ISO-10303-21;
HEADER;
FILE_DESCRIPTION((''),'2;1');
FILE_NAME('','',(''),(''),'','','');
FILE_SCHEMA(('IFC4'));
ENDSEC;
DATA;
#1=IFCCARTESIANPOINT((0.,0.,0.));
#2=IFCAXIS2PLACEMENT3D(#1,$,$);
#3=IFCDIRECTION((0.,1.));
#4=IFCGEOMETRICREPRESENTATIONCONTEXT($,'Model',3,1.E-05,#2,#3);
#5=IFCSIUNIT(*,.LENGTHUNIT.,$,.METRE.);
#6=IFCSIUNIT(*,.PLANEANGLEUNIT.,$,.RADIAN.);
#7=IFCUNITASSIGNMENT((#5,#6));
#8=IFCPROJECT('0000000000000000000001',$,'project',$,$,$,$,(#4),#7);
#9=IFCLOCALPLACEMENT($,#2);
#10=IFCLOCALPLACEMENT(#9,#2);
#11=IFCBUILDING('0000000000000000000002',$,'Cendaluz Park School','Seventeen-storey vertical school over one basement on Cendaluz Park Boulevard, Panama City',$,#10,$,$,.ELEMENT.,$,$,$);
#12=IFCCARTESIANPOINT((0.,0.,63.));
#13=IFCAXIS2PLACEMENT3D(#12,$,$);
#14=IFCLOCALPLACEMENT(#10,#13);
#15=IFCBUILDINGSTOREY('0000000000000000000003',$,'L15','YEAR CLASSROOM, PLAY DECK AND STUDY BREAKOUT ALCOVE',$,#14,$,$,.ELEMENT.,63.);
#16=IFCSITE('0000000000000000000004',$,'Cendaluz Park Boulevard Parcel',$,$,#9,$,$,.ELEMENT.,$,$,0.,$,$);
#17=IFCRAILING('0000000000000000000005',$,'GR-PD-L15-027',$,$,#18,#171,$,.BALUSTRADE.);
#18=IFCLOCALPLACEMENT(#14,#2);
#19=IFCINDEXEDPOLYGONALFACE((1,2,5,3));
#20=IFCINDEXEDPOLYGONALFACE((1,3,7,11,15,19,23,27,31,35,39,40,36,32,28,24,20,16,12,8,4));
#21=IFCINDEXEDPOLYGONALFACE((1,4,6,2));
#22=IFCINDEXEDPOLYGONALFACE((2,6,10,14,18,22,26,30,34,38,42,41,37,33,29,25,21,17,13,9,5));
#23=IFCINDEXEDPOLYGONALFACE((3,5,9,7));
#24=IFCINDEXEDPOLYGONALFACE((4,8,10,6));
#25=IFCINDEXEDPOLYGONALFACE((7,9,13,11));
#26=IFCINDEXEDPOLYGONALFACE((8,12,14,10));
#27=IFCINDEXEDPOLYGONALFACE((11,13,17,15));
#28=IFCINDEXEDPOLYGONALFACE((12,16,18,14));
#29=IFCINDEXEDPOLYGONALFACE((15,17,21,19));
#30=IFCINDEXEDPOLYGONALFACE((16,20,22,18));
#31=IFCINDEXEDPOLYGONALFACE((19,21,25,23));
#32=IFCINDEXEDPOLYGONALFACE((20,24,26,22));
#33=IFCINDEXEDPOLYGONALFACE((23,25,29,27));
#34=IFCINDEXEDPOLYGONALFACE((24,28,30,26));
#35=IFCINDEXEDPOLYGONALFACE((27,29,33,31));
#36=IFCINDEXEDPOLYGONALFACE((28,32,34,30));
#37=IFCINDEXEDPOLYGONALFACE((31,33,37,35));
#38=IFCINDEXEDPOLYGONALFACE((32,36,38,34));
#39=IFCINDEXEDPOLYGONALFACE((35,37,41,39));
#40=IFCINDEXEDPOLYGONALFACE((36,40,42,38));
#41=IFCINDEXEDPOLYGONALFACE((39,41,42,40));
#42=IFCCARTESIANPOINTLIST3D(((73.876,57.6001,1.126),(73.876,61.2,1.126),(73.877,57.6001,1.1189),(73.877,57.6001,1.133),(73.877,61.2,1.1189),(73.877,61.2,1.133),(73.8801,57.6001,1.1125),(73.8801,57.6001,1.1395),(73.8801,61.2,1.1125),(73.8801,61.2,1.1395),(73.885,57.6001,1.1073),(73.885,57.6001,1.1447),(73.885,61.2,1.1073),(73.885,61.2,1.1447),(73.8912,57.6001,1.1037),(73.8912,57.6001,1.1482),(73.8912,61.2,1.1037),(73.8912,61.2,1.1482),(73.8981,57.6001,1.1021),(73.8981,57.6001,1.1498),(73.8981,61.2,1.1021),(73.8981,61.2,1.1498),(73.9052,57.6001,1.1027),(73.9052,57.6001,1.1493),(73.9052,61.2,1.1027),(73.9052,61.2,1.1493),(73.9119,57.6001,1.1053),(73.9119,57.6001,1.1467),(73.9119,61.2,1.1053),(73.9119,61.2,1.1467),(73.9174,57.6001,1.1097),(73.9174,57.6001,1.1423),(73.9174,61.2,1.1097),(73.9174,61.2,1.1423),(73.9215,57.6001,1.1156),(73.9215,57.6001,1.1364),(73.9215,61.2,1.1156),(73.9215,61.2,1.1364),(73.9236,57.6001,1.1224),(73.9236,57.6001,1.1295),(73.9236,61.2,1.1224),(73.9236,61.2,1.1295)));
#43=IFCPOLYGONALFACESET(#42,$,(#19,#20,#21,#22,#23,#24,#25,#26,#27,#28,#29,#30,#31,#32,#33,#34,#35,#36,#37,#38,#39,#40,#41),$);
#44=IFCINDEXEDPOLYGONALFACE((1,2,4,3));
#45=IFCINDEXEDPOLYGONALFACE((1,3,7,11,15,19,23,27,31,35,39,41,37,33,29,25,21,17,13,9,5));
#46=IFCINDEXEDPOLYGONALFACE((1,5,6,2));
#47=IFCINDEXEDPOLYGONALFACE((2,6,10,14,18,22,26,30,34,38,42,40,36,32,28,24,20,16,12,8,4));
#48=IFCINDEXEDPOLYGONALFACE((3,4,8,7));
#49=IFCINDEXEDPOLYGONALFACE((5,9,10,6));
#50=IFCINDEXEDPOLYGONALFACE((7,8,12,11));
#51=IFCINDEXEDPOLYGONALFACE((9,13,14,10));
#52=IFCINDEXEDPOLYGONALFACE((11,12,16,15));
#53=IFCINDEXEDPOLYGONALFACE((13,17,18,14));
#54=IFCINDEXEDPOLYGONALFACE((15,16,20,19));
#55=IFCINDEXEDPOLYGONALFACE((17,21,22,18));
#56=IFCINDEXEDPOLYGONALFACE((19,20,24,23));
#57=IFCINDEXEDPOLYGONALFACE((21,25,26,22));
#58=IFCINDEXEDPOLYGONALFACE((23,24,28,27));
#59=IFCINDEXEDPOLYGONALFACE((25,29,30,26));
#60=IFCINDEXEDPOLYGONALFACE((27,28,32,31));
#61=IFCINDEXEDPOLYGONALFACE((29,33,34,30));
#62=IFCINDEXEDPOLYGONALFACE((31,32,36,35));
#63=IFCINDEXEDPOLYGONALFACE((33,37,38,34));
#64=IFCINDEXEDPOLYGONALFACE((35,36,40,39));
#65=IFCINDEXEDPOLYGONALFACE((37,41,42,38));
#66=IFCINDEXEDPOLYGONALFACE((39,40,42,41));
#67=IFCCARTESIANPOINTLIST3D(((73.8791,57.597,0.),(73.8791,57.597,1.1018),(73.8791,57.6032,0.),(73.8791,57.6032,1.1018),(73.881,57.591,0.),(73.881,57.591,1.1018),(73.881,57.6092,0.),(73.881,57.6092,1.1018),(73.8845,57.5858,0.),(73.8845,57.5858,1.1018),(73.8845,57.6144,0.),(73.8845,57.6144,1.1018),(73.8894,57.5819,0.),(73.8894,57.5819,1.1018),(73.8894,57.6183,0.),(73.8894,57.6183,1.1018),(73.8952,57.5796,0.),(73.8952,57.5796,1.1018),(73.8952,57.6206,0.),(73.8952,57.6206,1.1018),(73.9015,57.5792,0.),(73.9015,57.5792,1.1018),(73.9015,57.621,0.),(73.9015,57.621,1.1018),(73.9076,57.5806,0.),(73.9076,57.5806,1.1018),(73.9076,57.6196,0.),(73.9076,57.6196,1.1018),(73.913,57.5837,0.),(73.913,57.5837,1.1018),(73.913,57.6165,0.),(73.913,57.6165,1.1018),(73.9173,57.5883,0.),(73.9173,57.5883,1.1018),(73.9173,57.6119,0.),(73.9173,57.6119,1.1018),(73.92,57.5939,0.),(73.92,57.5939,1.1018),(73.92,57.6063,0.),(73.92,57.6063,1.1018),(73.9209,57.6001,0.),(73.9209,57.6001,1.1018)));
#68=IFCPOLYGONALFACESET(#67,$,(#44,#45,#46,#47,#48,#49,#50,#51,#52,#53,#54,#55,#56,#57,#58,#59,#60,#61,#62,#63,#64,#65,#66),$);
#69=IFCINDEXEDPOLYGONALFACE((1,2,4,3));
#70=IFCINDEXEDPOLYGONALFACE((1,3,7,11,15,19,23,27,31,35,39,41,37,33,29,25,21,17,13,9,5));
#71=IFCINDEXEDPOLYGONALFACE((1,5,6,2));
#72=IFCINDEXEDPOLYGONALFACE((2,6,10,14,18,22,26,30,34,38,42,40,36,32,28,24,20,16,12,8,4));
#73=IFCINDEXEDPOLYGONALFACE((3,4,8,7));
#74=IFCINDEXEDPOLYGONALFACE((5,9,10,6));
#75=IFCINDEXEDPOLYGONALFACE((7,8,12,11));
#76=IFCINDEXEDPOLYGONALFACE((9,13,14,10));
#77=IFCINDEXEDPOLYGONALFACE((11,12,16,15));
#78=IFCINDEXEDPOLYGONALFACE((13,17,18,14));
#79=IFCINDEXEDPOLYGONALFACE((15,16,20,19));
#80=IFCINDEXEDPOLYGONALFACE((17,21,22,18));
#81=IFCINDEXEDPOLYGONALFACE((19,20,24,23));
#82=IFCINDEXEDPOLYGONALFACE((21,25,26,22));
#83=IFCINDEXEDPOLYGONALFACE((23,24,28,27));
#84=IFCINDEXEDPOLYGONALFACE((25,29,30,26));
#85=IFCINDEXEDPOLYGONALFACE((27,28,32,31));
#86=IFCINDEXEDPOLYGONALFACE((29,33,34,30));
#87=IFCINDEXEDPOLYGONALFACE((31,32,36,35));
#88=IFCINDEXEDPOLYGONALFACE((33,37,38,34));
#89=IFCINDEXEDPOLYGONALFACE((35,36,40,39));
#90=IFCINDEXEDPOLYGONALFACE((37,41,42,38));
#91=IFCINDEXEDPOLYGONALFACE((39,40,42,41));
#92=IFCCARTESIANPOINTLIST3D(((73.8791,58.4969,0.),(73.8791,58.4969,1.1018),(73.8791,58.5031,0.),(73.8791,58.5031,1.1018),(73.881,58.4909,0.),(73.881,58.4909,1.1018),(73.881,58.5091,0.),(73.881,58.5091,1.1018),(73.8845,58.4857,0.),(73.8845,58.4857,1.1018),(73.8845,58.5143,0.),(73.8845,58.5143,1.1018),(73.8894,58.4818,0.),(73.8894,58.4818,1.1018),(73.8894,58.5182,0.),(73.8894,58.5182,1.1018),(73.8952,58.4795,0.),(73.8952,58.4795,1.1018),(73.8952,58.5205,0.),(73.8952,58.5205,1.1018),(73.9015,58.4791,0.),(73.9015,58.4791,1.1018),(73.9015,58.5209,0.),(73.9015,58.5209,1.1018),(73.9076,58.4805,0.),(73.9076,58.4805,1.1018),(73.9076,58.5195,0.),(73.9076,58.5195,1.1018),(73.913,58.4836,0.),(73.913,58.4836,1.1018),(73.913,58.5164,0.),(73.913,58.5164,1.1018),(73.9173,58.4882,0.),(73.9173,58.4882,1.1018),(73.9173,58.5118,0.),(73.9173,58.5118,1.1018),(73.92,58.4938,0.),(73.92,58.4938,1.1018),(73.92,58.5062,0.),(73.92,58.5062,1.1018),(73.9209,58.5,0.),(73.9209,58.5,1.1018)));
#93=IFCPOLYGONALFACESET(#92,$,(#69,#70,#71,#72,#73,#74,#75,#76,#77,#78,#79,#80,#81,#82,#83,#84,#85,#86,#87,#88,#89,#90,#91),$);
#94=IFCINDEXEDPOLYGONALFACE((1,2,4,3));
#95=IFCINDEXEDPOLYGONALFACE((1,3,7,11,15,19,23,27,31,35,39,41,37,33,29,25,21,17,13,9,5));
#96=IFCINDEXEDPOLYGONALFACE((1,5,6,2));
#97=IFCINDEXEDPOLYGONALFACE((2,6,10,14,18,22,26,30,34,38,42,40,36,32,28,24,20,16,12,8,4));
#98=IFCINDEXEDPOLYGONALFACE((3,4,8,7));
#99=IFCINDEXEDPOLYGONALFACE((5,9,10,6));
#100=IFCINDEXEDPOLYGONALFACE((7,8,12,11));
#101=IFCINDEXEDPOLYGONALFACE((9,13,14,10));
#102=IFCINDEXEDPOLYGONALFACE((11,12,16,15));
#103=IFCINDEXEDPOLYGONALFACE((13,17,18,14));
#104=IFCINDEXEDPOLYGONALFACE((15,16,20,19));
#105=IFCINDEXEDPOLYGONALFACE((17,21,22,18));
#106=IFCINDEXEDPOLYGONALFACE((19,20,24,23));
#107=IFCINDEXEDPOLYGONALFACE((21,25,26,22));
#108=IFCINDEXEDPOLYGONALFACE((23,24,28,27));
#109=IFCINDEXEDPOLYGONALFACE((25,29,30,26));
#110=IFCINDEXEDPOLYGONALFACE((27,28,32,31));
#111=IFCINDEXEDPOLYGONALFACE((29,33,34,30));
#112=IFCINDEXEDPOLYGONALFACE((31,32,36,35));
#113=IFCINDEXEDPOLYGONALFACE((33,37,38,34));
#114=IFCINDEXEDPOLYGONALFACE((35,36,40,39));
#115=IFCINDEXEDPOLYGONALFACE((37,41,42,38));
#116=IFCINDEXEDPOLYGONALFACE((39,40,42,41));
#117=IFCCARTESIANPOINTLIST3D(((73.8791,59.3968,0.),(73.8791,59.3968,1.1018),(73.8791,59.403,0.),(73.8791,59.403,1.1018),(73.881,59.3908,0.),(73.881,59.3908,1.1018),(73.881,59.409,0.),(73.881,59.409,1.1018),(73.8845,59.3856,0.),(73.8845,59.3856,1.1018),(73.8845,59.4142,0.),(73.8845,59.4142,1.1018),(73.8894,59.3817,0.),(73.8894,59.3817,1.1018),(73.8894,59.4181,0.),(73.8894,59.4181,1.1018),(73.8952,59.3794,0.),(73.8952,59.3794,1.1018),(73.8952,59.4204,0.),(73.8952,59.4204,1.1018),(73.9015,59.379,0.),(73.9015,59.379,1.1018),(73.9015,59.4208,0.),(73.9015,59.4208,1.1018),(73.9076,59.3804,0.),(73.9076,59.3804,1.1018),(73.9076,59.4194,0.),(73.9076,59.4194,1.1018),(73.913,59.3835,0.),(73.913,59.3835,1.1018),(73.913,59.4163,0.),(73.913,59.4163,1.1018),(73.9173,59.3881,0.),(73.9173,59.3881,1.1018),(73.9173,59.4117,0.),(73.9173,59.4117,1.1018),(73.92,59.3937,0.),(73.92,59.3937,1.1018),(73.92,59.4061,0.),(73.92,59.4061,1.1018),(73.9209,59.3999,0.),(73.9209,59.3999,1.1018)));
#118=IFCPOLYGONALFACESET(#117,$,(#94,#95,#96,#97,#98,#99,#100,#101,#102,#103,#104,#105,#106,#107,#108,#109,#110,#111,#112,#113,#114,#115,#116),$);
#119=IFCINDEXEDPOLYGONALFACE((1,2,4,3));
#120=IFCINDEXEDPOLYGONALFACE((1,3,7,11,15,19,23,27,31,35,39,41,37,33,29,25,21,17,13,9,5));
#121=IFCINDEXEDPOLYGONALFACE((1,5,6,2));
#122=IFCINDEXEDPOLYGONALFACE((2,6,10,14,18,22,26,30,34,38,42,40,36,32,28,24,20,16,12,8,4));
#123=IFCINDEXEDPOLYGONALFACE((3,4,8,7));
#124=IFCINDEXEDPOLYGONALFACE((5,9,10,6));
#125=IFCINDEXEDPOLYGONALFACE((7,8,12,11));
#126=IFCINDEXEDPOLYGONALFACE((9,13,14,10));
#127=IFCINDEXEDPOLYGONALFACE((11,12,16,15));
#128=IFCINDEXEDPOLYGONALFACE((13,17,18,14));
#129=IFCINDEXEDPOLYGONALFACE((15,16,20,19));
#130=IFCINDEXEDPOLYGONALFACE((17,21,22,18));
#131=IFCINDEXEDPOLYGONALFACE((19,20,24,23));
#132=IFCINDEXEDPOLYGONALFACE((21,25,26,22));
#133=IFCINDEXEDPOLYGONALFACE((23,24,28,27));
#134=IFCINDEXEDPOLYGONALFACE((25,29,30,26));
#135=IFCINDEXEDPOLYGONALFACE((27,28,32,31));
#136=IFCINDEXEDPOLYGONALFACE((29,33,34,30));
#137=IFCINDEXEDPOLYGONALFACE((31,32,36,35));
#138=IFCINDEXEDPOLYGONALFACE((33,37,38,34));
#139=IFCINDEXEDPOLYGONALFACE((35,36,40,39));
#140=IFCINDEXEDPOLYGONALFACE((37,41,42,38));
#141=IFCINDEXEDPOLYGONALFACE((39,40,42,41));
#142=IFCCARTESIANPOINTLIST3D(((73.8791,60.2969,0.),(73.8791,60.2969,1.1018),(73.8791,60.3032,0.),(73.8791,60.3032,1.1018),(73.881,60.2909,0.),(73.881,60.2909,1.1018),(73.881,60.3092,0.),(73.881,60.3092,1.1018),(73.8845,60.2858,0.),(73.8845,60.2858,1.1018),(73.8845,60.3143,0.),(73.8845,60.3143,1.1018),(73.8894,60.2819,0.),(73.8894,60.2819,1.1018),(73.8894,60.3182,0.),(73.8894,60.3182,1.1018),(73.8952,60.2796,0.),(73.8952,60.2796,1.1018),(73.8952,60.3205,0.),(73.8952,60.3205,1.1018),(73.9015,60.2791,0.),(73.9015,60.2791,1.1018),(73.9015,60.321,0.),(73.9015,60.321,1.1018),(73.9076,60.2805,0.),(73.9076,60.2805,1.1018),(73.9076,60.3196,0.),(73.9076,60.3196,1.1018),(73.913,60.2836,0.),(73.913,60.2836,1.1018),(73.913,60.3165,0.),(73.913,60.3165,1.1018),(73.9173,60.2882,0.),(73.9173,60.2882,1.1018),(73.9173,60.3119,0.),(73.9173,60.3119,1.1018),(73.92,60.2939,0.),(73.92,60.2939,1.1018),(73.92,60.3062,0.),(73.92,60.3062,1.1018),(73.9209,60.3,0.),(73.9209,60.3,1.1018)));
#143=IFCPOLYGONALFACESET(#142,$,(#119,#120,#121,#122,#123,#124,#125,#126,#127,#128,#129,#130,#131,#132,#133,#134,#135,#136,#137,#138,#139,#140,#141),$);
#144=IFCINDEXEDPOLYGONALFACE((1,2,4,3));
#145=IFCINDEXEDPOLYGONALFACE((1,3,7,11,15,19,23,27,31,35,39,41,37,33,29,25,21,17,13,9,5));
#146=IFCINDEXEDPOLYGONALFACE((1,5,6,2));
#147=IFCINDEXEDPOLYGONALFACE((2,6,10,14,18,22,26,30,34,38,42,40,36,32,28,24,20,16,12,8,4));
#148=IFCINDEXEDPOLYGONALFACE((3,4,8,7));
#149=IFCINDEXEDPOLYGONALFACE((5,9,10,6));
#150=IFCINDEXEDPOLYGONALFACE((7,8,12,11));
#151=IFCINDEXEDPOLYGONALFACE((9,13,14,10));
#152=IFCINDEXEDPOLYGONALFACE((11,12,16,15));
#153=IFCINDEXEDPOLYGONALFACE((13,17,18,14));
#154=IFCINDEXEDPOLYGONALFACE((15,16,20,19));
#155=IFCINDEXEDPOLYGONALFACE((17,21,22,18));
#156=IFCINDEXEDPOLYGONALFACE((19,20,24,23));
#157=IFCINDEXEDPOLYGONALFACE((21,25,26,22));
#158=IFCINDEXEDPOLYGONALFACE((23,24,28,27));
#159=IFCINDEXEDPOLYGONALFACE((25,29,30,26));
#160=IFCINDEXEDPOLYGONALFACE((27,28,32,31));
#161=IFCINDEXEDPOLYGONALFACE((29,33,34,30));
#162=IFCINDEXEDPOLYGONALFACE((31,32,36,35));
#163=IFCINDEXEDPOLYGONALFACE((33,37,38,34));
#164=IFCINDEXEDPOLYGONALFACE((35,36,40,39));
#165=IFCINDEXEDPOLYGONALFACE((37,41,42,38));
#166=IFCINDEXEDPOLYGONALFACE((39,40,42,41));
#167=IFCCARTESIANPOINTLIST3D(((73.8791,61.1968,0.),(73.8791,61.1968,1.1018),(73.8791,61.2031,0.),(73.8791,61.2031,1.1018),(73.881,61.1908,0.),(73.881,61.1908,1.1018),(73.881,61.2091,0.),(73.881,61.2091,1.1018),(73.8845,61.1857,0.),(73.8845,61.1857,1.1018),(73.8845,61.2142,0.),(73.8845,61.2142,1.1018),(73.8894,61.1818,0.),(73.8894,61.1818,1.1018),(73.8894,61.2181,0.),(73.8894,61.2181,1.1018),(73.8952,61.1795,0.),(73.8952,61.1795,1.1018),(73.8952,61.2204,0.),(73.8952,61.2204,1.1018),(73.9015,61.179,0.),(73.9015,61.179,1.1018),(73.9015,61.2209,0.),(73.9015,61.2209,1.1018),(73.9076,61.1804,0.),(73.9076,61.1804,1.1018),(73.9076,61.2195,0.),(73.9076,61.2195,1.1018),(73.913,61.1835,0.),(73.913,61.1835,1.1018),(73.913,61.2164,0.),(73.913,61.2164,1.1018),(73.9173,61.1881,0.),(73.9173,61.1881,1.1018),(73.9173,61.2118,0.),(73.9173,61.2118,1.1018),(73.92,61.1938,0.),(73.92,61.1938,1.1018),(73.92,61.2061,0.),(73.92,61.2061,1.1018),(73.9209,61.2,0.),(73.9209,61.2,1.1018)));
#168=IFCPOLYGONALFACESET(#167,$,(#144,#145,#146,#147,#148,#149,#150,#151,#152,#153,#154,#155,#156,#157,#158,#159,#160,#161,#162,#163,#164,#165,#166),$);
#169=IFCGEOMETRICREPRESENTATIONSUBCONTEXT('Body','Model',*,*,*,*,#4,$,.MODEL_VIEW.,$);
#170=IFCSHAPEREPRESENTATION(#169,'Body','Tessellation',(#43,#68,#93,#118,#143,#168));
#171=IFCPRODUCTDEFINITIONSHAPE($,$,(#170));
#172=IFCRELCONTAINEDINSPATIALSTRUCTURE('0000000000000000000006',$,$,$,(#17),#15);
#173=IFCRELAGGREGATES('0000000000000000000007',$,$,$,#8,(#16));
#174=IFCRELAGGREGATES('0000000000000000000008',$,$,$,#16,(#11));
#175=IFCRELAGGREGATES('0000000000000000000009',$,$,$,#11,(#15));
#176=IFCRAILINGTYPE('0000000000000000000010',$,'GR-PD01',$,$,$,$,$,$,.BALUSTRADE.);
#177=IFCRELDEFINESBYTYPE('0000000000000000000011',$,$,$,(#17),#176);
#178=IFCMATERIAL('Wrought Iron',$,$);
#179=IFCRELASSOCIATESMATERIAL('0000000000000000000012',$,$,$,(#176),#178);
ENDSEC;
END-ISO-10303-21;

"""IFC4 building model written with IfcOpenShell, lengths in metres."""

from ifc_helpers import new_model, si_unit, direction, frame, origin, origin_2d, place, context, subcontext, project, spatial, circle, extrude, material, type_object, element, save


model = new_model("IFC4")

# Units and contexts
model_context = context("Model", 3, precision=1e-05, world=origin(), true_north=direction((0.0, 1.0)))
body_context = subcontext(model_context, "Body", "Model", "MODEL_VIEW")
ifc_project = project(units=[si_unit("LENGTHUNIT", "METRE"), si_unit("PLANEANGLEUNIT", "RADIAN")], contexts=[model_context])

# Site, building, storey
site_placement = place(None, origin())
site = spatial("IfcSite", under=ifc_project, at=site_placement, Name="Cendaluz Park Boulevard Parcel", CompositionType="ELEMENT", RefElevation=0.0)
building_placement = place(site_placement, origin())
building = spatial("IfcBuilding", under=site, at=building_placement, Name="Cendaluz Park School", Description="Seventeen-storey vertical school over one basement on Cendaluz Park Boulevard, Panama City", CompositionType="ELEMENT")
storey_placement = place(building_placement, frame((0.0, 0.0, 63.0)))
storey = spatial("IfcBuildingStorey", under=building, at=storey_placement, Name="L15", Description="YEAR CLASSROOM, PLAY DECK AND STUDY BREAKOUT ALCOVE", CompositionType="ELEMENT", Elevation=63.0)

# Railing
ifc_material_1 = material(Name="Wrought Iron")
railing_type = type_object("IfcRailingType", Name="GR-PD01", PredefinedType="BALUSTRADE", material=ifc_material_1)
railing_1_placement = place(storey_placement, frame((73.8999, 57.6001, 0.0)))
element("IfcRailing", 1, at=railing_1_placement, inside=storey, type_object=railing_type, Name="GR-PD-L15-027", PredefinedType="BALUSTRADE", context=body_context, shape_type="SweptSolid", body=[
    extrude(circle(Radius=0.0239, at=origin_2d()), frame((0.0, 0.0, 1.126), z_axis=(0.0, 1.0, 0.0), x_axis=(-1.0, 0.0, 0.0)), (0.0, 0.0, 1.0), 3.5999),
    extrude(circle(Radius=0.021, at=origin_2d()), origin(), (0.0, 0.0, 1.0), 1.1018),
    extrude(circle(Radius=0.021, at=origin_2d()), frame((0.0, 0.8999, 0.0)), (0.0, 0.0, 1.0), 1.1018),
    extrude(circle(Radius=0.021, at=origin_2d()), frame((0.0, 1.7998, 0.0)), (0.0, 0.0, 1.0), 1.1018),
    extrude(circle(Radius=0.021, at=origin_2d()), frame((0.0, 2.7, 0.0)), (0.0, 0.0, 1.0), 1.1018),
    extrude(circle(Radius=0.021, at=origin_2d()), frame((0.0, 3.5999, 0.0)), (0.0, 0.0, 1.0), 1.1018),
])

save(model, "model.ifc")
